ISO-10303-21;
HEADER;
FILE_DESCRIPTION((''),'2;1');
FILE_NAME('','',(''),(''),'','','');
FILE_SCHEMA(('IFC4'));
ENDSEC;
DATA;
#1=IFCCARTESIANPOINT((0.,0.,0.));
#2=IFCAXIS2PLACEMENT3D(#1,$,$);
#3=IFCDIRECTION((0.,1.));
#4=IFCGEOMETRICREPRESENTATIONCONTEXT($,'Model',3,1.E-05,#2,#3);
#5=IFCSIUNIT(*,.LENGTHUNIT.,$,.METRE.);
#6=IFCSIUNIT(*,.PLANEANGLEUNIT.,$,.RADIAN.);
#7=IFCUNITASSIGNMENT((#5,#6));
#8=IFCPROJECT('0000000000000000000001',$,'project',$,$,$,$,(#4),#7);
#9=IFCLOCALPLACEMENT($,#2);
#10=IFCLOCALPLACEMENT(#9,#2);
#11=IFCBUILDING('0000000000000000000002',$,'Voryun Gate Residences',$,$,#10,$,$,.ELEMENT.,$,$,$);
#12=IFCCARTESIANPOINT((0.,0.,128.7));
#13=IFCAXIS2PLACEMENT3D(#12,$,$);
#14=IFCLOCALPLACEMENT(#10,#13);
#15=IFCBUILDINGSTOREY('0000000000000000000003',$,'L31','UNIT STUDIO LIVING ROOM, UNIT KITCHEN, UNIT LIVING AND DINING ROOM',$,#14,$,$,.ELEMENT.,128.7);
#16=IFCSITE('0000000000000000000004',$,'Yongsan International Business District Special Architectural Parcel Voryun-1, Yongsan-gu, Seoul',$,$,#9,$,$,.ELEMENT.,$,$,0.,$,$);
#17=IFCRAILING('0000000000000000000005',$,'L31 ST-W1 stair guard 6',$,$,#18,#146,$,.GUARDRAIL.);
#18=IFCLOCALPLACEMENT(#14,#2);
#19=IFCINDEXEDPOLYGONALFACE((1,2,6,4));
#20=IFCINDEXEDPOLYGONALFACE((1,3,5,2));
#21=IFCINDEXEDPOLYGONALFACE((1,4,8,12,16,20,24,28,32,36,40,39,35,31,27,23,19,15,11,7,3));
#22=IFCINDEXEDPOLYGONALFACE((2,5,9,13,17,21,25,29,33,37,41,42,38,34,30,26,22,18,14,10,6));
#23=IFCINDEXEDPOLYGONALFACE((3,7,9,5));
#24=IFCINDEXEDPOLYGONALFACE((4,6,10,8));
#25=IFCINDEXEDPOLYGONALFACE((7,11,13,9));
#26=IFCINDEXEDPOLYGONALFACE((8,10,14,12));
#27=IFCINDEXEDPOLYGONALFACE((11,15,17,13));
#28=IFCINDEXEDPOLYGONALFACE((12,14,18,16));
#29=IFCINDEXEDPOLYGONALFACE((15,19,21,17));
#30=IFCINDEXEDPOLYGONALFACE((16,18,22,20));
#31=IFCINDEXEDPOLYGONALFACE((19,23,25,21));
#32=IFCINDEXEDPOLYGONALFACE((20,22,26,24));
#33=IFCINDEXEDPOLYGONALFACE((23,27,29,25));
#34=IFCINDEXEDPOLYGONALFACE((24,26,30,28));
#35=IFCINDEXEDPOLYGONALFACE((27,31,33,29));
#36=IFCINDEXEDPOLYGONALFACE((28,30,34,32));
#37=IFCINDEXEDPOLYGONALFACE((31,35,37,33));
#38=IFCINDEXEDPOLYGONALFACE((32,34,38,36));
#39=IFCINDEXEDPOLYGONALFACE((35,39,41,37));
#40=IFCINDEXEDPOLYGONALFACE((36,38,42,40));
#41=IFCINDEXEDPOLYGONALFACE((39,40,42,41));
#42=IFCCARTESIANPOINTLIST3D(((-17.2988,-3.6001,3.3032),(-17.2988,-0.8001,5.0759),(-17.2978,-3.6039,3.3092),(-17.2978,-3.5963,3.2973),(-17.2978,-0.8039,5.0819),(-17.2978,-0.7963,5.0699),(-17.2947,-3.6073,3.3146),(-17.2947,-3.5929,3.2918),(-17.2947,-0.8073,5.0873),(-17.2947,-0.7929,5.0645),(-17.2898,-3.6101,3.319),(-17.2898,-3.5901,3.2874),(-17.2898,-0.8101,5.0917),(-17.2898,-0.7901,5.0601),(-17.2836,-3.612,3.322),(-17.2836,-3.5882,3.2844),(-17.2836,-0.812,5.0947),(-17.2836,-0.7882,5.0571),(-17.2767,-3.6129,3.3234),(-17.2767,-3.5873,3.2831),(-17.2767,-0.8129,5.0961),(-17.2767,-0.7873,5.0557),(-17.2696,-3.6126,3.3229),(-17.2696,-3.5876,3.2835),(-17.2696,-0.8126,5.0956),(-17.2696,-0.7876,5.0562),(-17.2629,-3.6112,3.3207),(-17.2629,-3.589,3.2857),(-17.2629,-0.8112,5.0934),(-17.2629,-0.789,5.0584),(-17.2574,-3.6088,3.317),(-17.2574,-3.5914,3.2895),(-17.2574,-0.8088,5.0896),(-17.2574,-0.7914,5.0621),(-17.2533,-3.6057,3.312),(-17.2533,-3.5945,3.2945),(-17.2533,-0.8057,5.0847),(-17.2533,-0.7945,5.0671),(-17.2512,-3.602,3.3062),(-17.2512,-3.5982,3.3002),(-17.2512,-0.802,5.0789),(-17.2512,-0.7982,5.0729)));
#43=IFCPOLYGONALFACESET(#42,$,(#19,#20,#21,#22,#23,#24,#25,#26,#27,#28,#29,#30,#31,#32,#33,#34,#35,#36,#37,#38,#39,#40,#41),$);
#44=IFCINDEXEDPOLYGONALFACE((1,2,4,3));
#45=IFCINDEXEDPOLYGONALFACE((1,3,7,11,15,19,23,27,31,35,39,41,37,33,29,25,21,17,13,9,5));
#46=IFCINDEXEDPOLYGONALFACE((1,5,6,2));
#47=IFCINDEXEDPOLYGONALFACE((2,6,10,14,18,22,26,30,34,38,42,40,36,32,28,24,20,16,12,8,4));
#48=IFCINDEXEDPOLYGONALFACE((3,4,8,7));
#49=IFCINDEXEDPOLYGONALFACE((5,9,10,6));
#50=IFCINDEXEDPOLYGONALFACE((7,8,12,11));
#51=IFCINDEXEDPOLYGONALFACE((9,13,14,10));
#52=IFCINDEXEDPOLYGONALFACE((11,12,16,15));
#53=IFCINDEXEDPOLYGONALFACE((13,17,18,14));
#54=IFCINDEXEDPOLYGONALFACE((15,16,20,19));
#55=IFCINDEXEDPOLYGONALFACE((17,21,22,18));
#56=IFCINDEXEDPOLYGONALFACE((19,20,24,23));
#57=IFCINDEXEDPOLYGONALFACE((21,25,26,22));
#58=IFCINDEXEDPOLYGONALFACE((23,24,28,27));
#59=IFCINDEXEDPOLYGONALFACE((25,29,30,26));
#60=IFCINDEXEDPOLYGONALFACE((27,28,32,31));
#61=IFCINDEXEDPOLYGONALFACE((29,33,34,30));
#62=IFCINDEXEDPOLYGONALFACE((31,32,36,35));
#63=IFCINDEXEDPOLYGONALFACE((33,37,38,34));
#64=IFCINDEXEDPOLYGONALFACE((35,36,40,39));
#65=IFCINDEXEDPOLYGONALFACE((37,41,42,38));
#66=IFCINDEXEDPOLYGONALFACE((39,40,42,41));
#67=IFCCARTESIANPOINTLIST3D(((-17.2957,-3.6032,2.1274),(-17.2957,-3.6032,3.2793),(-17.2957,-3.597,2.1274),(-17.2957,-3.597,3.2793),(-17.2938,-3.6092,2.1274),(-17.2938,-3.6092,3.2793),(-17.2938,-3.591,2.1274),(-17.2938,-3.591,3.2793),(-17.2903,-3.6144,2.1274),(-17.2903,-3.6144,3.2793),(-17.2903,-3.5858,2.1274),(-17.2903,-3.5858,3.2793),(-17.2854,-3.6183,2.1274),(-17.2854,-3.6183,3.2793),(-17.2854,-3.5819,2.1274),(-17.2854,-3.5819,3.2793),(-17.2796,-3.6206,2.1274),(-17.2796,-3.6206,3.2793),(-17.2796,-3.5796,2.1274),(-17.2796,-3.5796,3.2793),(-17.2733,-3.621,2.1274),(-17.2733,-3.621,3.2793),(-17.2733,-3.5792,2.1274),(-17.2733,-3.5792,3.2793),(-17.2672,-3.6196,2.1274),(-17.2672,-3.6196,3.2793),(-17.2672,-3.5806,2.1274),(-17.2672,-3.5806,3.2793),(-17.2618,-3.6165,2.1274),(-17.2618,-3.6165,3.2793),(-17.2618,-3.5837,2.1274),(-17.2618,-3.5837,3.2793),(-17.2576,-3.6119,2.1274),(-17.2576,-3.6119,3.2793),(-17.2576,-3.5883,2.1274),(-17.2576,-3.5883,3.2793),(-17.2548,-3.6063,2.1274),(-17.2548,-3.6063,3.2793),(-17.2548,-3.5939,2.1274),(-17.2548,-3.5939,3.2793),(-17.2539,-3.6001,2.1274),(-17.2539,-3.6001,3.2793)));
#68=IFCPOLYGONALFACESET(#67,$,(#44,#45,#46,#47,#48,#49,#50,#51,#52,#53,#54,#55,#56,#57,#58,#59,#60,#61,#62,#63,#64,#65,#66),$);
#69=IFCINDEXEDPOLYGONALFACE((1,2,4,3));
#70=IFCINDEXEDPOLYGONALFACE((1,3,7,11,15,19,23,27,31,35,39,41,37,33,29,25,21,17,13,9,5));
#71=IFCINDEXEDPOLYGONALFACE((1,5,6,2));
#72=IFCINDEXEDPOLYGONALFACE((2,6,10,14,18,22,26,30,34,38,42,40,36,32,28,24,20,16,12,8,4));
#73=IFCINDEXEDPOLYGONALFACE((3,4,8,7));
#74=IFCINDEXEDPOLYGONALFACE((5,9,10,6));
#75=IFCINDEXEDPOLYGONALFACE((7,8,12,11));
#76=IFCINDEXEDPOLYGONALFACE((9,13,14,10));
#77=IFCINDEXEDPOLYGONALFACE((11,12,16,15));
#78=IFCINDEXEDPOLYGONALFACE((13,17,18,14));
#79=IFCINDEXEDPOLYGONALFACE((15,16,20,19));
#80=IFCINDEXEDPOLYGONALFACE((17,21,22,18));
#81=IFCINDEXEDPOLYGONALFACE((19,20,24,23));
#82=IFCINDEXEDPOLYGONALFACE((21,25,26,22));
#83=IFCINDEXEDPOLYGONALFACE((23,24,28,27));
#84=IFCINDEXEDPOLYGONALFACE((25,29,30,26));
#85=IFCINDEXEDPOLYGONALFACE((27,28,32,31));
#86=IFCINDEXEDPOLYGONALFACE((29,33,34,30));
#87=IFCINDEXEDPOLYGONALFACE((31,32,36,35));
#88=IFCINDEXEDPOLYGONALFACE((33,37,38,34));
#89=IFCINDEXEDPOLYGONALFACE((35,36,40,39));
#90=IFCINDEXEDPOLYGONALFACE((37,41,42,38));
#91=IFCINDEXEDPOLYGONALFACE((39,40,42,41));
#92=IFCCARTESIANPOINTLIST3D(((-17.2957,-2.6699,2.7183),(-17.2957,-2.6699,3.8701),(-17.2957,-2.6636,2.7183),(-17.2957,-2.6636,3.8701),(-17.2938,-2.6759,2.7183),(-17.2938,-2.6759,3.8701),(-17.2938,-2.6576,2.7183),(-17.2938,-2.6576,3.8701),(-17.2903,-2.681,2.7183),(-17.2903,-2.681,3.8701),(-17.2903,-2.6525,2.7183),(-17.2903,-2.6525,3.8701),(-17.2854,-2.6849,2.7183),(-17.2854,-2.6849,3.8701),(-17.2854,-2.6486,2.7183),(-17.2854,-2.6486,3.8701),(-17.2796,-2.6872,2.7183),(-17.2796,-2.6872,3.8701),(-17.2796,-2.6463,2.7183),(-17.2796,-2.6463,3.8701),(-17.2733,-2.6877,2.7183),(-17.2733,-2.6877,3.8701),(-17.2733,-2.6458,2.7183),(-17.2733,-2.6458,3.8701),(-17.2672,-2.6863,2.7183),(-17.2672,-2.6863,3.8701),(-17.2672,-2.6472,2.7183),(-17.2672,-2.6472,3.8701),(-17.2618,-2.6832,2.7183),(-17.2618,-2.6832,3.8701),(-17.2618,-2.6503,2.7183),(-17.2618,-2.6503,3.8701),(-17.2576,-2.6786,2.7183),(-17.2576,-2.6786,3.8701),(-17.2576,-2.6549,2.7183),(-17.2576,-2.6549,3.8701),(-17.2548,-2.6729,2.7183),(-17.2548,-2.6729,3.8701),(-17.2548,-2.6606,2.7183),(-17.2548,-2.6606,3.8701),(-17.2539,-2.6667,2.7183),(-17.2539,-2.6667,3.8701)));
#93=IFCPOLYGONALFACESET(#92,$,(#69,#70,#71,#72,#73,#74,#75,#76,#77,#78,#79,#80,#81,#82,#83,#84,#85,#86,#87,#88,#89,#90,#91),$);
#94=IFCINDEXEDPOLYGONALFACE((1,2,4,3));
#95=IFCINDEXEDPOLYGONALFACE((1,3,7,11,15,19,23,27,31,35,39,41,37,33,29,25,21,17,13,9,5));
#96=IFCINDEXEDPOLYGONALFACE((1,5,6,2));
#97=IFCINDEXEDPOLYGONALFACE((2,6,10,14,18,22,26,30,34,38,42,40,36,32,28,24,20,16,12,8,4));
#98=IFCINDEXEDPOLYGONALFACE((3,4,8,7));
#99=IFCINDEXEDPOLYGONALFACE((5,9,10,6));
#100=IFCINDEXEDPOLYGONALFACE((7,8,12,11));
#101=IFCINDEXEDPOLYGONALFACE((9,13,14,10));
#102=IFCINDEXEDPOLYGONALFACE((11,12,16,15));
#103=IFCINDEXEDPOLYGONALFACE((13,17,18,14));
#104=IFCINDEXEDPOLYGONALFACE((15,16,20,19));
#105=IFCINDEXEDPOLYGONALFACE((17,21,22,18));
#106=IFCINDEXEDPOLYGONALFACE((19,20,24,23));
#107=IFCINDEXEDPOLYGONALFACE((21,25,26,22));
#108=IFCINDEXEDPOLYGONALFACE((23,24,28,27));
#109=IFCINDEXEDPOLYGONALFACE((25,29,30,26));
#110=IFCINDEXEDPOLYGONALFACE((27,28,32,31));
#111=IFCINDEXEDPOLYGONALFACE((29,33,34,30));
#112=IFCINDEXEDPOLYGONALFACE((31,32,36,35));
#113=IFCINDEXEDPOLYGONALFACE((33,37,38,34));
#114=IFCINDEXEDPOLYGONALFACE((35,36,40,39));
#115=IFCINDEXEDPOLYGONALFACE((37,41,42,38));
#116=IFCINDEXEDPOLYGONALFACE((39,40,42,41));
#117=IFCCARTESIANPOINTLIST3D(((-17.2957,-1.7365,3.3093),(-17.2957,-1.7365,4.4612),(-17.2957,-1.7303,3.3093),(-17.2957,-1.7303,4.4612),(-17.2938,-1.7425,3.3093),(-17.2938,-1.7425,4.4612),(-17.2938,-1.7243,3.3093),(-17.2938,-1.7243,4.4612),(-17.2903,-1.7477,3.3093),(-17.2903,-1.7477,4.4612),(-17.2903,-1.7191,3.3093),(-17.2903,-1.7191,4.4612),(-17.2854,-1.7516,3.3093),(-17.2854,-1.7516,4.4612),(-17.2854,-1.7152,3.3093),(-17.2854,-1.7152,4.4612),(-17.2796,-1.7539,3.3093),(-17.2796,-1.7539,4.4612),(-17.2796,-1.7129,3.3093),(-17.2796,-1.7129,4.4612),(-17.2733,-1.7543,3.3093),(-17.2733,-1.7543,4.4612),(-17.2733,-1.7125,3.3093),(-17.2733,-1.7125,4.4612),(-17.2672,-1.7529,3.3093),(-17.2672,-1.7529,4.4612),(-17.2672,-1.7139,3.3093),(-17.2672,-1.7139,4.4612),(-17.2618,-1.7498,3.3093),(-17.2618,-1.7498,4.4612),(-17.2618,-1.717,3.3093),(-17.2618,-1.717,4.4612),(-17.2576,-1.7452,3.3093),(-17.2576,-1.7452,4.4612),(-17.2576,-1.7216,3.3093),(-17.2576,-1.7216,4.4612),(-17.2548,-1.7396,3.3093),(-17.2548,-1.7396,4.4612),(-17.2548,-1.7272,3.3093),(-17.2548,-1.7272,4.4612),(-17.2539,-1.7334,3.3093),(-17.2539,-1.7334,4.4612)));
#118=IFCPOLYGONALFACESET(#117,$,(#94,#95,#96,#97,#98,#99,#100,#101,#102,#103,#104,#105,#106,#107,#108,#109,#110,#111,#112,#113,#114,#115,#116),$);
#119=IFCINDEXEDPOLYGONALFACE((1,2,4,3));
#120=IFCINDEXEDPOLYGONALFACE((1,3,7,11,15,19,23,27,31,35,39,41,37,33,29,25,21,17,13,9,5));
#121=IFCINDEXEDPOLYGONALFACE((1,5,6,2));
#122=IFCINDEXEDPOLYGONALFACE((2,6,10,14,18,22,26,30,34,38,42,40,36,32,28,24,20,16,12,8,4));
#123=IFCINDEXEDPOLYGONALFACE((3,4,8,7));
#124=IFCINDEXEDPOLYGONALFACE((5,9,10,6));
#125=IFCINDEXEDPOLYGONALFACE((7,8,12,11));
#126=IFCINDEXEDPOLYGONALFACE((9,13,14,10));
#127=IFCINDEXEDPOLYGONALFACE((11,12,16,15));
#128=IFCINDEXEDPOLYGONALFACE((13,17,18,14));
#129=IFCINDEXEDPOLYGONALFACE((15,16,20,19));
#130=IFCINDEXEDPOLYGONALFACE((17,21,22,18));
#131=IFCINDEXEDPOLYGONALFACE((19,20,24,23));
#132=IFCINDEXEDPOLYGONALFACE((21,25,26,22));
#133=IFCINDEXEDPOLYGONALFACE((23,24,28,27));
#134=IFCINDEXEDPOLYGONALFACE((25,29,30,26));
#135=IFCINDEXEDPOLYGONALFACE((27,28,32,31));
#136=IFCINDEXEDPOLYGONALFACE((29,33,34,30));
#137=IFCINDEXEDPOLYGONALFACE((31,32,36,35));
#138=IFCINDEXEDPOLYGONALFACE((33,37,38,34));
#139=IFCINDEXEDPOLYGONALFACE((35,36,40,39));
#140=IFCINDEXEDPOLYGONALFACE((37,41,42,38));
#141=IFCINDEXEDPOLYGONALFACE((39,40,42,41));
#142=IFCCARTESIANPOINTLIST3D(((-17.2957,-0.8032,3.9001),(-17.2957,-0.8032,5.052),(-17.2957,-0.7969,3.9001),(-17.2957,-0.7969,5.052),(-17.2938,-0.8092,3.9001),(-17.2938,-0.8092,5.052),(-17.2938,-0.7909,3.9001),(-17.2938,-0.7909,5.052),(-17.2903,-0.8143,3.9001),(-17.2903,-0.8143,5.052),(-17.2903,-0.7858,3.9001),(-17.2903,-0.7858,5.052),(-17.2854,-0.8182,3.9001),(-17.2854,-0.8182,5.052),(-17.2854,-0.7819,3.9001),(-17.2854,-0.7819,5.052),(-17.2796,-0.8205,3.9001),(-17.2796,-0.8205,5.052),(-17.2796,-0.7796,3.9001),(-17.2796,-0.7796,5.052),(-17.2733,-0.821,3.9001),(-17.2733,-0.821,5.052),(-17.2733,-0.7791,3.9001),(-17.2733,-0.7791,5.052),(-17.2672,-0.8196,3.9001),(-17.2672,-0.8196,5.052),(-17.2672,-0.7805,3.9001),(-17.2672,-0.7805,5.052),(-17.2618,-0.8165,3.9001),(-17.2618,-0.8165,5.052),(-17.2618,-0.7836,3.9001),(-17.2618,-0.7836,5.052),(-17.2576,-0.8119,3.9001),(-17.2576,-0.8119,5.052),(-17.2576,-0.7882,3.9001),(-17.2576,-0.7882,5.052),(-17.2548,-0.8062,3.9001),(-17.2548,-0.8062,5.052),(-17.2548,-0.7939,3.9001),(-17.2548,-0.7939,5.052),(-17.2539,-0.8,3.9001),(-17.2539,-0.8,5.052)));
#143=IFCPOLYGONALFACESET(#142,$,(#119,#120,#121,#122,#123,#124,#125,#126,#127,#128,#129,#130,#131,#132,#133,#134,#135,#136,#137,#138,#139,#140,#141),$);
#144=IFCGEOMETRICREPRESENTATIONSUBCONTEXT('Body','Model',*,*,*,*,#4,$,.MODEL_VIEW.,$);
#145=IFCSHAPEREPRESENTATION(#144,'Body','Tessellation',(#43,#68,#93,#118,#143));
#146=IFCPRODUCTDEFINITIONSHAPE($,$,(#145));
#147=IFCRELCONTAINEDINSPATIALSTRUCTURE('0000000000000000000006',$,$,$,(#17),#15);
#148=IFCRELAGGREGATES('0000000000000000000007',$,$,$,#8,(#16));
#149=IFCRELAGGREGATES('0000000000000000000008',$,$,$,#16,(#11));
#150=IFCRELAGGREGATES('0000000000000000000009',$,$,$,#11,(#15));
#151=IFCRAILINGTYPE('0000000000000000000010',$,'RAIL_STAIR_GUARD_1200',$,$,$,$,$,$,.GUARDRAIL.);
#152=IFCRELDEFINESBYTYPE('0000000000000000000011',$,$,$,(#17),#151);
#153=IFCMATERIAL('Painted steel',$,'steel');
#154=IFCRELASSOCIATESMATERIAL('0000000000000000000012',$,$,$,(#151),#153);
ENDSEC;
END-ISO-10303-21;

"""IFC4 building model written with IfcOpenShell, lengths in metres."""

from ifc_helpers import new_model, si_unit, direction, frame, origin, origin_2d, place, context, subcontext, project, spatial, circle, extrude, material, type_object, element, save


model = new_model("IFC4")

# Units and contexts
model_context = context("Model", 3, precision=1e-05, world=origin(), true_north=direction((0.0, 1.0)))
body_context = subcontext(model_context, "Body", "Model", "MODEL_VIEW")
ifc_project = project(units=[si_unit("LENGTHUNIT", "METRE"), si_unit("PLANEANGLEUNIT", "RADIAN")], contexts=[model_context])

# Site, building, storey
site_placement = place(None, origin())
site = spatial("IfcSite", under=ifc_project, at=site_placement, Name="Yongsan International Business District Special Architectural Parcel Voryun-1, Yongsan-gu, Seoul", CompositionType="ELEMENT", RefElevation=0.0)
building_placement = place(site_placement, origin())
building = spatial("IfcBuilding", under=site, at=building_placement, Name="Voryun Gate Residences", CompositionType="ELEMENT")
storey_placement = place(building_placement, frame((0.0, 0.0, 128.7)))
storey = spatial("IfcBuildingStorey", under=building, at=storey_placement, Name="L31", Description="UNIT STUDIO LIVING ROOM, UNIT KITCHEN, UNIT LIVING AND DINING ROOM", CompositionType="ELEMENT", Elevation=128.7)

# Railing
ifc_material_1 = material(Name="Painted steel", Category="steel")
railing_type_1 = type_object("IfcRailingType", Name="RAIL_STAIR_GUARD_1200", PredefinedType="GUARDRAIL", material=ifc_material_1)
railing_1_placement = place(storey_placement, frame((-17.2749, -3.6001, 2.1274)))
element("IfcRailing", 1, at=railing_1_placement, inside=storey, type_object=railing_type_1, Name="L31 ST-W1 stair guard 6", PredefinedType="GUARDRAIL", context=body_context, shape_type="SweptSolid", body=[
    extrude(circle(Radius=0.0239, at=origin_2d()), frame((0.0, 0.0, 1.1758), z_axis=(0.0, 0.844909, 0.53491), x_axis=(-1.0, 0.0, 0.0)), (0.0, 0.0, 1.0), 3.314),
    extrude(circle(Radius=0.021, at=origin_2d()), origin(), (0.0, 0.0, 1.0), 1.1519),
    extrude(circle(Radius=0.021, at=origin_2d()), frame((0.0, 0.9333, 0.5908)), (0.0, 0.0, 1.0), 1.1519),
    extrude(circle(Radius=0.021, at=origin_2d()), frame((0.0, 1.8667, 1.1819)), (0.0, 0.0, 1.0), 1.1519),
    extrude(circle(Radius=0.021, at=origin_2d()), frame((0.0, 2.8, 1.7727)), (0.0, 0.0, 1.0), 1.1519),
])

save(model, "model.ifc")
